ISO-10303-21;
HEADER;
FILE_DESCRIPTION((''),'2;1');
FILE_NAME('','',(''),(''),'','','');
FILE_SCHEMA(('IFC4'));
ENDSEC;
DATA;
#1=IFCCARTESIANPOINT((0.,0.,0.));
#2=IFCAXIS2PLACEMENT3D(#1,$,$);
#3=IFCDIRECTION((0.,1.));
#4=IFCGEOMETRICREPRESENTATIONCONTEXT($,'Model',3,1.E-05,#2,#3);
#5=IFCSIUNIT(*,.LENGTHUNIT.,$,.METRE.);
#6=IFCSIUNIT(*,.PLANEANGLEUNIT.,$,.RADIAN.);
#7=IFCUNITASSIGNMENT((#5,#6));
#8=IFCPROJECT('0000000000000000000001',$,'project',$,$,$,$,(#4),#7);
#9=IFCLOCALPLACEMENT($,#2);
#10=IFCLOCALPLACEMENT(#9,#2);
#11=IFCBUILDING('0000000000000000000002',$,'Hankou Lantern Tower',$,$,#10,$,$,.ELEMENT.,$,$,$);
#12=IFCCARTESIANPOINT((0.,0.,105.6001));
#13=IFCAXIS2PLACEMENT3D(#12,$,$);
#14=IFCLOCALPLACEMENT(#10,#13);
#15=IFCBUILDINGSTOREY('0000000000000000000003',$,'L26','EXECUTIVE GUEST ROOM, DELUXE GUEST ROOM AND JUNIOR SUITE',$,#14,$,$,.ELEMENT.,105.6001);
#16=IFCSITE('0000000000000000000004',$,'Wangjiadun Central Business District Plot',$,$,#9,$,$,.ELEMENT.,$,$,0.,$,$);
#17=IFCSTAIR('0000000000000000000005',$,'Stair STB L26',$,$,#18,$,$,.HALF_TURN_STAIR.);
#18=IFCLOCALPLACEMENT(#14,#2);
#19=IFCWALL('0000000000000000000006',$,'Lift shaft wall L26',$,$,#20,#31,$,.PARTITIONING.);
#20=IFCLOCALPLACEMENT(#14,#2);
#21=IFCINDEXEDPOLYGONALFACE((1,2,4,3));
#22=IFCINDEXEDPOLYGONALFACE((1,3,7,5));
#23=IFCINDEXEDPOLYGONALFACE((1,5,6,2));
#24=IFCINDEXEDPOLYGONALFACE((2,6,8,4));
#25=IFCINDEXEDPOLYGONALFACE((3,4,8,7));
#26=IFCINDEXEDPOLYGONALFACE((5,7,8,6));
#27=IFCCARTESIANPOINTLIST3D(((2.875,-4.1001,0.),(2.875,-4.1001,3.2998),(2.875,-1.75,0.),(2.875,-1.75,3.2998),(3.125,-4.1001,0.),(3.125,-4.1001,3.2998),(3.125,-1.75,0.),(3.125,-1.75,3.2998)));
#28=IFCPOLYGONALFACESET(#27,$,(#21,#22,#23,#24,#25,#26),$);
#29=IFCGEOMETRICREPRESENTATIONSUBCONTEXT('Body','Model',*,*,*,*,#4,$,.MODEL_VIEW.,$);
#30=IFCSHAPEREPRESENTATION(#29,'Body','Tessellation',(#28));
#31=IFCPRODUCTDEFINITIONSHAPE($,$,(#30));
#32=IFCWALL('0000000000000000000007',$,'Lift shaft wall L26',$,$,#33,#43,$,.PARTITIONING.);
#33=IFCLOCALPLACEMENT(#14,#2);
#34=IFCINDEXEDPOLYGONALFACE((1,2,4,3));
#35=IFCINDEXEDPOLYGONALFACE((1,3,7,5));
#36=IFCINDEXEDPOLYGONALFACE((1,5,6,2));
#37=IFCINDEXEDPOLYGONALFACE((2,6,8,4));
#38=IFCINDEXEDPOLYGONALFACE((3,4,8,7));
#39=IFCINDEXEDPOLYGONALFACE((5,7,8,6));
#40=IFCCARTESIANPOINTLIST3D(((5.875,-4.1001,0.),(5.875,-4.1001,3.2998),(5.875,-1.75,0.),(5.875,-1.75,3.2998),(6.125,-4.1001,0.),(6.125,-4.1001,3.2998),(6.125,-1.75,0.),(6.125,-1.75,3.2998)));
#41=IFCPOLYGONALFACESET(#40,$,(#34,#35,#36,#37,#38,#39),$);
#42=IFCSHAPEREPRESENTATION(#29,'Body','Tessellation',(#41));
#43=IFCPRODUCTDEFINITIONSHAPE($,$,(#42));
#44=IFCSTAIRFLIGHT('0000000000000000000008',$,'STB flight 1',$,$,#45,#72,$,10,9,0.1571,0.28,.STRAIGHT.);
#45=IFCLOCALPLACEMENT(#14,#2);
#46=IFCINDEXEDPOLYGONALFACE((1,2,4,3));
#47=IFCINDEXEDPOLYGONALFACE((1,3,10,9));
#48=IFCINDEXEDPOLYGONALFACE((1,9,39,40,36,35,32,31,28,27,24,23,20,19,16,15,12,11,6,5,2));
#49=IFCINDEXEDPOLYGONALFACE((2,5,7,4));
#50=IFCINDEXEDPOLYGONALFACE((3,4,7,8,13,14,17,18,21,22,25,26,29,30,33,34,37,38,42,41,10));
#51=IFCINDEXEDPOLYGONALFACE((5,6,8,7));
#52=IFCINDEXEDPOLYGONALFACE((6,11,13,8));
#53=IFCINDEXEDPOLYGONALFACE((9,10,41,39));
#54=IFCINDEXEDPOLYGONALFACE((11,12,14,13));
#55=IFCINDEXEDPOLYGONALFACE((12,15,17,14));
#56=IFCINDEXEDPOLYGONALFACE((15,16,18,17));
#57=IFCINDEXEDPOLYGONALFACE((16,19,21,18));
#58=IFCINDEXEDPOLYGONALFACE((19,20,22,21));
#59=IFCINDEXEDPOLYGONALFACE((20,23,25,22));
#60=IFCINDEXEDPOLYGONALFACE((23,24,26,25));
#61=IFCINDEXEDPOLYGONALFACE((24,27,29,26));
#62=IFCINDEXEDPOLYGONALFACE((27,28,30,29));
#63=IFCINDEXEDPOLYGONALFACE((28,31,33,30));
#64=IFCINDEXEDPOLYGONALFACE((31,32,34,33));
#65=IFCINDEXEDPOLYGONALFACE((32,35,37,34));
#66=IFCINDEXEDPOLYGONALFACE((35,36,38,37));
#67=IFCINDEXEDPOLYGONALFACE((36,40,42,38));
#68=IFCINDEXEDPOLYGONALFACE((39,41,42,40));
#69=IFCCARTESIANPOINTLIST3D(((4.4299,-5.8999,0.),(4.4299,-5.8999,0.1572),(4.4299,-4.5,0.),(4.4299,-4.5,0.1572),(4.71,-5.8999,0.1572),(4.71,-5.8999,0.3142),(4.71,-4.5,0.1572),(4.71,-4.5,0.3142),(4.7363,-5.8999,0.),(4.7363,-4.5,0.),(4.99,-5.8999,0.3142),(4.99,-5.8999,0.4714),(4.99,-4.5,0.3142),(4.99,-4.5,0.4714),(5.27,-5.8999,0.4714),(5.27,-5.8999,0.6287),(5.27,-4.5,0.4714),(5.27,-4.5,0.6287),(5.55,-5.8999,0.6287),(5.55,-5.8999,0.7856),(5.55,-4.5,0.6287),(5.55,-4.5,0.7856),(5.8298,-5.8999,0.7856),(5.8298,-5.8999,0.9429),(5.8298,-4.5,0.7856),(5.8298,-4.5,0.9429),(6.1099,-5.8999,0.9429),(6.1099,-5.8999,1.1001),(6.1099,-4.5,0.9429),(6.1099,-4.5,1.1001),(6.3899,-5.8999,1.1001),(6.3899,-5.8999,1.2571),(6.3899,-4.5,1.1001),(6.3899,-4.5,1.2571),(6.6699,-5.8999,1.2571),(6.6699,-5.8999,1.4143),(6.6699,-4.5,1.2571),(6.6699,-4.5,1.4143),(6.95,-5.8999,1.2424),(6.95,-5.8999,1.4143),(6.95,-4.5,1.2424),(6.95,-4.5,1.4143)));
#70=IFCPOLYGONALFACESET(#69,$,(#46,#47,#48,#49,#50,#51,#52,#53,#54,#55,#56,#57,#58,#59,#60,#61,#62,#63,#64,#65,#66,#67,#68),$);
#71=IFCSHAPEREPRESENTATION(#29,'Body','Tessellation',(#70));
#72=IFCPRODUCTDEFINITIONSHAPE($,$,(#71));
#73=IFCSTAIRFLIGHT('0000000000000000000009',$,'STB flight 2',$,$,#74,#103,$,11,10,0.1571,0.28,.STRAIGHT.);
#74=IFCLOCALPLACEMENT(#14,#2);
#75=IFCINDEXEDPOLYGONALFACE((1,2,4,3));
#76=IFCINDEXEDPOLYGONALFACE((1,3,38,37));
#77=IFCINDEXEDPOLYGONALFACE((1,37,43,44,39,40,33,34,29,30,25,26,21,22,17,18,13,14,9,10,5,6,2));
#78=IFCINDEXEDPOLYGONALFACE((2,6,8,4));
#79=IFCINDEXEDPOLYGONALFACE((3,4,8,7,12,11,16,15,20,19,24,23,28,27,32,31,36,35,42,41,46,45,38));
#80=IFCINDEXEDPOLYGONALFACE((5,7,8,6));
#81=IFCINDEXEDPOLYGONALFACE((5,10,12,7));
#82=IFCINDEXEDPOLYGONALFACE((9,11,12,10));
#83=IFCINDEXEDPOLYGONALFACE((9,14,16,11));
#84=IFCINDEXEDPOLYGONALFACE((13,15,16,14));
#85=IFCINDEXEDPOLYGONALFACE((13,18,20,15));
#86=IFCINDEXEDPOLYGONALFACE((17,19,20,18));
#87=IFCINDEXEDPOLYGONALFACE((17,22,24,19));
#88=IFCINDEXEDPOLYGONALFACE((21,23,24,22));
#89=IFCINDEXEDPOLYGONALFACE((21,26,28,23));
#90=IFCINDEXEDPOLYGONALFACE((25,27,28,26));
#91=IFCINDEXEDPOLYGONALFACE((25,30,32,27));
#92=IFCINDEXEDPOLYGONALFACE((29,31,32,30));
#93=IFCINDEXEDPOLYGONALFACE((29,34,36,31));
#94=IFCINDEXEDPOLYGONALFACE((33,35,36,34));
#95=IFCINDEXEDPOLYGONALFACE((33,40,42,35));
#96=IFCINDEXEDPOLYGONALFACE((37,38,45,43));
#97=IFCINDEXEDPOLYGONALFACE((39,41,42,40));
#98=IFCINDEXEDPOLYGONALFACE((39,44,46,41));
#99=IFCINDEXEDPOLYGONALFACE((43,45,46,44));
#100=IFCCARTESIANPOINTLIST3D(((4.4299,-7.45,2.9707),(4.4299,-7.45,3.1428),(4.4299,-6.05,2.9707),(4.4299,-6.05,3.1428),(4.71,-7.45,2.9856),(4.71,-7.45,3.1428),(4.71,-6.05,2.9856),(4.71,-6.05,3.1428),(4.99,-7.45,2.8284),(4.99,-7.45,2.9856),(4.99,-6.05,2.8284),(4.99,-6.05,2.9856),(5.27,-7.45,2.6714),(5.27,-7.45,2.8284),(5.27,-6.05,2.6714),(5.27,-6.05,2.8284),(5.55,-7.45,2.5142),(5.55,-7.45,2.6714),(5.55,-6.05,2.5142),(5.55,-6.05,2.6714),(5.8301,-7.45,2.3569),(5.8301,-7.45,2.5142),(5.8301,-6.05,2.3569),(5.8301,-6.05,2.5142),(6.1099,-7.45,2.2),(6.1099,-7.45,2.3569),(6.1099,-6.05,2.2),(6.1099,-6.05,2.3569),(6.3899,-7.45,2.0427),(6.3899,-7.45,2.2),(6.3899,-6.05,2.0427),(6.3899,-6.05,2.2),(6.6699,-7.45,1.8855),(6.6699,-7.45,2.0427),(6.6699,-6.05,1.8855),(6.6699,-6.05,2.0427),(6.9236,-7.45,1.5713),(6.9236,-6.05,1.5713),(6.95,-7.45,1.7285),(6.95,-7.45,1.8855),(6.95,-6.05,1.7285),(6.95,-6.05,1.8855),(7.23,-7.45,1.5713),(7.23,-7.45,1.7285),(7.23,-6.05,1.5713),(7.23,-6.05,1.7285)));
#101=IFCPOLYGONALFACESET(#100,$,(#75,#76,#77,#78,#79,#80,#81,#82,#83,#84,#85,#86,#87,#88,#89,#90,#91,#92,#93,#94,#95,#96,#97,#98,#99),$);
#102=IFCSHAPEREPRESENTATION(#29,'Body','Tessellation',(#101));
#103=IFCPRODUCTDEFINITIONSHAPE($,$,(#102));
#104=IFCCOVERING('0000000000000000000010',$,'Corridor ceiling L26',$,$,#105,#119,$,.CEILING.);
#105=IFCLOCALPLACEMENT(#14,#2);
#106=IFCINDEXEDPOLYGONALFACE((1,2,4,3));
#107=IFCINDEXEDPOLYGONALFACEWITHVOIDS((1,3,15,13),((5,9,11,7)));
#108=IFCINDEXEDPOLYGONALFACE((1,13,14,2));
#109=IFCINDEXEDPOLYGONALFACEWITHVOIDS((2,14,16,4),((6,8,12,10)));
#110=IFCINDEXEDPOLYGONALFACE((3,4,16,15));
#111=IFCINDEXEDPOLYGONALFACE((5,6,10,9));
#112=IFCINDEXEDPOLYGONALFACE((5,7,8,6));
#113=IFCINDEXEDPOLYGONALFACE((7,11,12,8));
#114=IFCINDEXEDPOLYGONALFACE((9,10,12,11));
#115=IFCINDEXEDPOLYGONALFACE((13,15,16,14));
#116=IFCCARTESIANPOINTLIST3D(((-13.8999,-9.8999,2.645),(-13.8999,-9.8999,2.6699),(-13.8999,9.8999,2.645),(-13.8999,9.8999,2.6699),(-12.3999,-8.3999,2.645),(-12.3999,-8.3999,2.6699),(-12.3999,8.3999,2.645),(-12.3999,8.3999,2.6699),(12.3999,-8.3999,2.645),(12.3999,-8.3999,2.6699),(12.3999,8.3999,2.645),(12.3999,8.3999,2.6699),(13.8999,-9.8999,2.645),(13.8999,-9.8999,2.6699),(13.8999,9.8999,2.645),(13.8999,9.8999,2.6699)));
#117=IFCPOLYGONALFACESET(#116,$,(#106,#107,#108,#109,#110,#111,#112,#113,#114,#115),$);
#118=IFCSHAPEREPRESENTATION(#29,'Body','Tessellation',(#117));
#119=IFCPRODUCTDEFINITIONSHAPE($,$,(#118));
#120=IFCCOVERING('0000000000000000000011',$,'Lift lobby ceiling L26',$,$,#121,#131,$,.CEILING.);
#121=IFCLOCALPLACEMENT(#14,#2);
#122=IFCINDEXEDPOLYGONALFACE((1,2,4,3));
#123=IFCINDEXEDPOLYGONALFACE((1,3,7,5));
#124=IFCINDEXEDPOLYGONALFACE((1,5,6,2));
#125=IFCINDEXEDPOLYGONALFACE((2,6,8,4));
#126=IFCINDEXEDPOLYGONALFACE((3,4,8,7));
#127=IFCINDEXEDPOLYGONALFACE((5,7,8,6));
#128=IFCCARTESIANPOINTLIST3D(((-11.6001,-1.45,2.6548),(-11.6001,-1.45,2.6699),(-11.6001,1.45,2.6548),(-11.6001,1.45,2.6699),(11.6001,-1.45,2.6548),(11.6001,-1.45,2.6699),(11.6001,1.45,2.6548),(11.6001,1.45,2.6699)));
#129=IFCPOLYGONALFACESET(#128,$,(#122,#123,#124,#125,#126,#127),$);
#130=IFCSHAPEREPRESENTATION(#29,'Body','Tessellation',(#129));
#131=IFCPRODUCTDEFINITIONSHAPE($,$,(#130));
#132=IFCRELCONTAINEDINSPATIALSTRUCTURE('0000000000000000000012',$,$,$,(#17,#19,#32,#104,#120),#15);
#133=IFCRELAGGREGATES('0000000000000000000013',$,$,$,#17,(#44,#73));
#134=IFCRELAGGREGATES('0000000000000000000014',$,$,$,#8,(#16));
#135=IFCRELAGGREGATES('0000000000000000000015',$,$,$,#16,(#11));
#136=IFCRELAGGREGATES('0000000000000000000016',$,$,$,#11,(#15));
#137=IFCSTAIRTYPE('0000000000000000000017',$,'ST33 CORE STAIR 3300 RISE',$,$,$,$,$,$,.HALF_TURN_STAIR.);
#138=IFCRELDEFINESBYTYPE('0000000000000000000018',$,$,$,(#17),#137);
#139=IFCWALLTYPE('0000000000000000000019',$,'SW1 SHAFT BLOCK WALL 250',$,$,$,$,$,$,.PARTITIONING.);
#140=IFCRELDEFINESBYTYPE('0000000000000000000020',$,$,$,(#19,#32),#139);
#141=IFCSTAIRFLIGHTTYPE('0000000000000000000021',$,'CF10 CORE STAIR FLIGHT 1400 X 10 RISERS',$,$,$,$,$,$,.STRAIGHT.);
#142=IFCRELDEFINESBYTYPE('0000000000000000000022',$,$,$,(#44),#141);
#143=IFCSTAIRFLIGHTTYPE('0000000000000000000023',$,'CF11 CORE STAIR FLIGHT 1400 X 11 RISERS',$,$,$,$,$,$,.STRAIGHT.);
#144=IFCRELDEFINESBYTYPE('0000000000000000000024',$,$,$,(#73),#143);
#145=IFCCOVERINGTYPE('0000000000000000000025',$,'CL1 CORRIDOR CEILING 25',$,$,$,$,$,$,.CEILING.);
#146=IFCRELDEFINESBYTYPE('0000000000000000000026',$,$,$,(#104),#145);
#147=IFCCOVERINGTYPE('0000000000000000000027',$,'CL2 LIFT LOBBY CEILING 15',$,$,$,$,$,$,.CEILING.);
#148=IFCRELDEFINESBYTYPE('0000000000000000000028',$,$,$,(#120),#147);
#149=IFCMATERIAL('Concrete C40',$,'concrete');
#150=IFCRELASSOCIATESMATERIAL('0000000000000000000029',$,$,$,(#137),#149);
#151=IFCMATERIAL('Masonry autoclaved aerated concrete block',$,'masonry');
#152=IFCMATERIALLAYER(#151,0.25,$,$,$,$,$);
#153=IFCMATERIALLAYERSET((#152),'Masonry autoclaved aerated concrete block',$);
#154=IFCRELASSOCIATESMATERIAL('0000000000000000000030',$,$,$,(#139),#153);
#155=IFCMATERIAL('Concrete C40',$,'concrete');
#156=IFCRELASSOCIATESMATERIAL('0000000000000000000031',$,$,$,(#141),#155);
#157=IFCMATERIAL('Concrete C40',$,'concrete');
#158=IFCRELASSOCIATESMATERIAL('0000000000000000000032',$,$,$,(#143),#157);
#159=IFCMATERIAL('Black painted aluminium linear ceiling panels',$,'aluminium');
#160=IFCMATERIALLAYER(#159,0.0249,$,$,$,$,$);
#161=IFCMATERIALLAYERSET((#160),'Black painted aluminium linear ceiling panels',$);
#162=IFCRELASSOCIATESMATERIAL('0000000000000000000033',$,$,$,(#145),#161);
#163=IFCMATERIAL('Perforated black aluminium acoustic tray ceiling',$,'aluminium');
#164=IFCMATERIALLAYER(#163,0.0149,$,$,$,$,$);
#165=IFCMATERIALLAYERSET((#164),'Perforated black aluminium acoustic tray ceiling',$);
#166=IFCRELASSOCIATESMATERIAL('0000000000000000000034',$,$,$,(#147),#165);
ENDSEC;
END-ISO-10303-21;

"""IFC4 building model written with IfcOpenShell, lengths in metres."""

from ifc_helpers import new_model, si_unit, direction, frame, frame_2d, origin, place, context, subcontext, project, spatial, polyline, rectangle, outline, extrude, material, layer, layer_set, type_object, element, aggregate, save


model = new_model("IFC4")

# Units and contexts
model_context = context("Model", 3, precision=1e-05, world=origin(), true_north=direction((0.0, 1.0)))
body_context = subcontext(model_context, "Body", "Model", "MODEL_VIEW")
ifc_project = project(units=[si_unit("LENGTHUNIT", "METRE"), si_unit("PLANEANGLEUNIT", "RADIAN")], contexts=[model_context])

# Site, building, storey
site_placement = place(None, origin())
site = spatial("IfcSite", under=ifc_project, at=site_placement, Name="Wangjiadun Central Business District Plot", CompositionType="ELEMENT", RefElevation=0.0)
building_placement = place(site_placement, origin())
building = spatial("IfcBuilding", under=site, at=building_placement, Name="Hankou Lantern Tower", CompositionType="ELEMENT")
storey_placement = place(building_placement, frame((0.0, 0.0, 105.6001)))
storey = spatial("IfcBuildingStorey", under=building, at=storey_placement, Name="L26", Description="EXECUTIVE GUEST ROOM, DELUXE GUEST ROOM AND JUNIOR SUITE", CompositionType="ELEMENT", Elevation=105.6001)

# Stair
ifc_material_1 = material(Name="Concrete C40", Category="concrete")
stair_type = type_object("IfcStairType", Name="ST33 CORE STAIR 3300 RISE", PredefinedType="HALF_TURN_STAIR", material=ifc_material_1)
stair_1_placement = place(storey_placement, origin())
stair_1 = element("IfcStair", 1, at=stair_1_placement, inside=storey, type_object=stair_type, Name="Stair STB L26", PredefinedType="HALF_TURN_STAIR")

# Walls
ifc_material_2 = material(Name="Masonry autoclaved aerated concrete block", Category="masonry")
ifc_layer_1 = layer(ifc_material_2, 0.25)
ifc_layer_set_1 = layer_set([ifc_layer_1], Name="Masonry autoclaved aerated concrete block")
wall_type_1 = type_object("IfcWallType", Name="SW1 SHAFT BLOCK WALL 250", PredefinedType="PARTITIONING", material=ifc_layer_set_1)
for number, where, z_axis, x_axis, name in (
    (2, (3.0, -4.1001, 0.0), (0.0, 0.0, 1.0), (0.0, 1.0, 0.0), "Lift shaft wall L26"),
    (3, (6.0, -4.1001, 0.0), (0.0, 0.0, 1.0), (0.0, 1.0, 0.0), "Lift shaft wall L26"),
):
    element("IfcWall", number, at=place(storey_placement, frame(where, z_axis=z_axis, x_axis=x_axis)), inside=storey, type_object=wall_type_1, Name=name, PredefinedType="PARTITIONING", context=body_context, shape_type="SweptSolid", body=[
        extrude(rectangle(XDim=2.3501, YDim=0.25, at=frame_2d((1.175, 0.0))), origin(), (0.0, 0.0, 1.0), 3.2998),
    ])

# Stair flights
ifc_material_3 = material(Name="Concrete C40", Category="concrete")
stair_flight_type_1 = type_object("IfcStairFlightType", Name="CF10 CORE STAIR FLIGHT 1400 X 10 RISERS", PredefinedType="STRAIGHT", material=ifc_material_3)
stair_flight_1_placement = place(storey_placement, frame((4.4299, -5.2, 0.0), z_axis=(0.0, 0.0, 1.0), x_axis=(1.0, 0.0, 0.0)))
stair_flight_1 = element("IfcStairFlight", 4, at=stair_flight_1_placement, type_object=stair_flight_type_1, Name="STB flight 1", NumberOfRisers=10, NumberOfTreads=9, PredefinedType="STRAIGHT", RiserHeight=0.1571, TreadLength=0.28, context=body_context, shape_type="SweptSolid", body=[
    extrude(outline(polyline([(0.0, 0.0), (0.0, 0.1572), (0.28, 0.1572), (0.28, 0.3142), (0.5601, 0.3142), (0.5601, 0.4714), (0.8401, 0.4714), (0.8401, 0.6287), (1.1201, 0.6287), (1.1201, 0.7856), (1.3999, 0.7856), (1.3999, 0.9429), (1.6799, 0.9429), (1.6799, 1.1001), (1.96, 1.1001), (1.96, 1.2571), (2.24, 1.2571), (2.24, 1.4143), (2.52, 1.4143), (2.52, 1.5715), (2.52, 1.2424), (0.3064, 0.0), (0.0, 0.0)])), frame((0.0, 0.7, 0.0), z_axis=(0.0, -1.0, 0.0), x_axis=(1.0, 0.0, 0.0)), (0.0, 0.0, 1.0), 1.3999),
])
ifc_material_4 = material(Name="Concrete C40", Category="concrete")
stair_flight_type_2 = type_object("IfcStairFlightType", Name="CF11 CORE STAIR FLIGHT 1400 X 11 RISERS", PredefinedType="STRAIGHT", material=ifc_material_4)
stair_flight_2_placement = place(storey_placement, frame((7.23, -6.75, 1.5713), z_axis=(0.0, 0.0, 1.0), x_axis=(-1.0, 0.0, 0.0)))
stair_flight_2 = element("IfcStairFlight", 5, at=stair_flight_2_placement, type_object=stair_flight_type_2, Name="STB flight 2", NumberOfRisers=11, NumberOfTreads=10, PredefinedType="STRAIGHT", RiserHeight=0.1571, TreadLength=0.28, context=body_context, shape_type="SweptSolid", body=[
    extrude(outline(polyline([(0.0, 0.0), (0.0, 0.1572), (0.28, 0.1572), (0.28, 0.3142), (0.5601, 0.3142), (0.5601, 0.4714), (0.8401, 0.4714), (0.8401, 0.6287), (1.1201, 0.6287), (1.1201, 0.7856), (1.3999, 0.7856), (1.3999, 0.9429), (1.6799, 0.9429), (1.6799, 1.1001), (1.96, 1.1001), (1.96, 1.2571), (2.24, 1.2571), (2.24, 1.4143), (2.52, 1.4143), (2.52, 1.5715), (2.8, 1.5715), (2.8, 1.7285), (2.8, 1.3994), (0.3064, 0.0), (0.0, 0.0)])), frame((0.0, 0.7, 0.0), z_axis=(0.0, -1.0, 0.0), x_axis=(1.0, 0.0, 0.0)), (0.0, 0.0, 1.0), 1.3999),
])
aggregate(stair_1, [stair_flight_1, stair_flight_2])

# Coverings
ifc_material_5 = material(Name="Black painted aluminium linear ceiling panels", Category="aluminium")
ifc_layer_2 = layer(ifc_material_5, 0.0249)
ifc_layer_set_2 = layer_set([ifc_layer_2], Name="Black painted aluminium linear ceiling panels")
covering_type_1 = type_object("IfcCoveringType", Name="CL1 CORRIDOR CEILING 25", PredefinedType="CEILING", material=ifc_layer_set_2)
covering_1_placement = place(storey_placement, frame((0.0, 0.0, 2.645)))
element("IfcCovering", 6, at=covering_1_placement, inside=storey, type_object=covering_type_1, Name="Corridor ceiling L26", PredefinedType="CEILING", context=body_context, shape_type="SweptSolid", body=[
    extrude(outline(polyline([(-13.8999, -9.8999), (13.8999, -9.8999), (13.8999, 9.8999), (-13.8999, 9.8999), (-13.8999, -9.8999)]), holes=[polyline([(-12.3999, 8.3999), (12.3999, 8.3999), (12.3999, -8.3999), (-12.3999, -8.3999), (-12.3999, 8.3999)])]), origin(), (0.0, 0.0, 1.0), 0.0249),
])
ifc_material_6 = material(Name="Perforated black aluminium acoustic tray ceiling", Category="aluminium")
ifc_layer_3 = layer(ifc_material_6, 0.0149)
ifc_layer_set_3 = layer_set([ifc_layer_3], Name="Perforated black aluminium acoustic tray ceiling")
covering_type_2 = type_object("IfcCoveringType", Name="CL2 LIFT LOBBY CEILING 15", PredefinedType="CEILING", material=ifc_layer_set_3)
covering_2_placement = place(storey_placement, frame((0.0, 0.0, 2.6548)))
element("IfcCovering", 7, at=covering_2_placement, inside=storey, type_object=covering_type_2, Name="Lift lobby ceiling L26", PredefinedType="CEILING", context=body_context, shape_type="SweptSolid", body=[
    extrude(outline(polyline([(-11.6001, -1.45), (11.6001, -1.45), (11.6001, 1.45), (-11.6001, 1.45), (-11.6001, -1.45)])), origin(), (0.0, 0.0, 1.0), 0.0151),
])

save(model, "model.ifc")
